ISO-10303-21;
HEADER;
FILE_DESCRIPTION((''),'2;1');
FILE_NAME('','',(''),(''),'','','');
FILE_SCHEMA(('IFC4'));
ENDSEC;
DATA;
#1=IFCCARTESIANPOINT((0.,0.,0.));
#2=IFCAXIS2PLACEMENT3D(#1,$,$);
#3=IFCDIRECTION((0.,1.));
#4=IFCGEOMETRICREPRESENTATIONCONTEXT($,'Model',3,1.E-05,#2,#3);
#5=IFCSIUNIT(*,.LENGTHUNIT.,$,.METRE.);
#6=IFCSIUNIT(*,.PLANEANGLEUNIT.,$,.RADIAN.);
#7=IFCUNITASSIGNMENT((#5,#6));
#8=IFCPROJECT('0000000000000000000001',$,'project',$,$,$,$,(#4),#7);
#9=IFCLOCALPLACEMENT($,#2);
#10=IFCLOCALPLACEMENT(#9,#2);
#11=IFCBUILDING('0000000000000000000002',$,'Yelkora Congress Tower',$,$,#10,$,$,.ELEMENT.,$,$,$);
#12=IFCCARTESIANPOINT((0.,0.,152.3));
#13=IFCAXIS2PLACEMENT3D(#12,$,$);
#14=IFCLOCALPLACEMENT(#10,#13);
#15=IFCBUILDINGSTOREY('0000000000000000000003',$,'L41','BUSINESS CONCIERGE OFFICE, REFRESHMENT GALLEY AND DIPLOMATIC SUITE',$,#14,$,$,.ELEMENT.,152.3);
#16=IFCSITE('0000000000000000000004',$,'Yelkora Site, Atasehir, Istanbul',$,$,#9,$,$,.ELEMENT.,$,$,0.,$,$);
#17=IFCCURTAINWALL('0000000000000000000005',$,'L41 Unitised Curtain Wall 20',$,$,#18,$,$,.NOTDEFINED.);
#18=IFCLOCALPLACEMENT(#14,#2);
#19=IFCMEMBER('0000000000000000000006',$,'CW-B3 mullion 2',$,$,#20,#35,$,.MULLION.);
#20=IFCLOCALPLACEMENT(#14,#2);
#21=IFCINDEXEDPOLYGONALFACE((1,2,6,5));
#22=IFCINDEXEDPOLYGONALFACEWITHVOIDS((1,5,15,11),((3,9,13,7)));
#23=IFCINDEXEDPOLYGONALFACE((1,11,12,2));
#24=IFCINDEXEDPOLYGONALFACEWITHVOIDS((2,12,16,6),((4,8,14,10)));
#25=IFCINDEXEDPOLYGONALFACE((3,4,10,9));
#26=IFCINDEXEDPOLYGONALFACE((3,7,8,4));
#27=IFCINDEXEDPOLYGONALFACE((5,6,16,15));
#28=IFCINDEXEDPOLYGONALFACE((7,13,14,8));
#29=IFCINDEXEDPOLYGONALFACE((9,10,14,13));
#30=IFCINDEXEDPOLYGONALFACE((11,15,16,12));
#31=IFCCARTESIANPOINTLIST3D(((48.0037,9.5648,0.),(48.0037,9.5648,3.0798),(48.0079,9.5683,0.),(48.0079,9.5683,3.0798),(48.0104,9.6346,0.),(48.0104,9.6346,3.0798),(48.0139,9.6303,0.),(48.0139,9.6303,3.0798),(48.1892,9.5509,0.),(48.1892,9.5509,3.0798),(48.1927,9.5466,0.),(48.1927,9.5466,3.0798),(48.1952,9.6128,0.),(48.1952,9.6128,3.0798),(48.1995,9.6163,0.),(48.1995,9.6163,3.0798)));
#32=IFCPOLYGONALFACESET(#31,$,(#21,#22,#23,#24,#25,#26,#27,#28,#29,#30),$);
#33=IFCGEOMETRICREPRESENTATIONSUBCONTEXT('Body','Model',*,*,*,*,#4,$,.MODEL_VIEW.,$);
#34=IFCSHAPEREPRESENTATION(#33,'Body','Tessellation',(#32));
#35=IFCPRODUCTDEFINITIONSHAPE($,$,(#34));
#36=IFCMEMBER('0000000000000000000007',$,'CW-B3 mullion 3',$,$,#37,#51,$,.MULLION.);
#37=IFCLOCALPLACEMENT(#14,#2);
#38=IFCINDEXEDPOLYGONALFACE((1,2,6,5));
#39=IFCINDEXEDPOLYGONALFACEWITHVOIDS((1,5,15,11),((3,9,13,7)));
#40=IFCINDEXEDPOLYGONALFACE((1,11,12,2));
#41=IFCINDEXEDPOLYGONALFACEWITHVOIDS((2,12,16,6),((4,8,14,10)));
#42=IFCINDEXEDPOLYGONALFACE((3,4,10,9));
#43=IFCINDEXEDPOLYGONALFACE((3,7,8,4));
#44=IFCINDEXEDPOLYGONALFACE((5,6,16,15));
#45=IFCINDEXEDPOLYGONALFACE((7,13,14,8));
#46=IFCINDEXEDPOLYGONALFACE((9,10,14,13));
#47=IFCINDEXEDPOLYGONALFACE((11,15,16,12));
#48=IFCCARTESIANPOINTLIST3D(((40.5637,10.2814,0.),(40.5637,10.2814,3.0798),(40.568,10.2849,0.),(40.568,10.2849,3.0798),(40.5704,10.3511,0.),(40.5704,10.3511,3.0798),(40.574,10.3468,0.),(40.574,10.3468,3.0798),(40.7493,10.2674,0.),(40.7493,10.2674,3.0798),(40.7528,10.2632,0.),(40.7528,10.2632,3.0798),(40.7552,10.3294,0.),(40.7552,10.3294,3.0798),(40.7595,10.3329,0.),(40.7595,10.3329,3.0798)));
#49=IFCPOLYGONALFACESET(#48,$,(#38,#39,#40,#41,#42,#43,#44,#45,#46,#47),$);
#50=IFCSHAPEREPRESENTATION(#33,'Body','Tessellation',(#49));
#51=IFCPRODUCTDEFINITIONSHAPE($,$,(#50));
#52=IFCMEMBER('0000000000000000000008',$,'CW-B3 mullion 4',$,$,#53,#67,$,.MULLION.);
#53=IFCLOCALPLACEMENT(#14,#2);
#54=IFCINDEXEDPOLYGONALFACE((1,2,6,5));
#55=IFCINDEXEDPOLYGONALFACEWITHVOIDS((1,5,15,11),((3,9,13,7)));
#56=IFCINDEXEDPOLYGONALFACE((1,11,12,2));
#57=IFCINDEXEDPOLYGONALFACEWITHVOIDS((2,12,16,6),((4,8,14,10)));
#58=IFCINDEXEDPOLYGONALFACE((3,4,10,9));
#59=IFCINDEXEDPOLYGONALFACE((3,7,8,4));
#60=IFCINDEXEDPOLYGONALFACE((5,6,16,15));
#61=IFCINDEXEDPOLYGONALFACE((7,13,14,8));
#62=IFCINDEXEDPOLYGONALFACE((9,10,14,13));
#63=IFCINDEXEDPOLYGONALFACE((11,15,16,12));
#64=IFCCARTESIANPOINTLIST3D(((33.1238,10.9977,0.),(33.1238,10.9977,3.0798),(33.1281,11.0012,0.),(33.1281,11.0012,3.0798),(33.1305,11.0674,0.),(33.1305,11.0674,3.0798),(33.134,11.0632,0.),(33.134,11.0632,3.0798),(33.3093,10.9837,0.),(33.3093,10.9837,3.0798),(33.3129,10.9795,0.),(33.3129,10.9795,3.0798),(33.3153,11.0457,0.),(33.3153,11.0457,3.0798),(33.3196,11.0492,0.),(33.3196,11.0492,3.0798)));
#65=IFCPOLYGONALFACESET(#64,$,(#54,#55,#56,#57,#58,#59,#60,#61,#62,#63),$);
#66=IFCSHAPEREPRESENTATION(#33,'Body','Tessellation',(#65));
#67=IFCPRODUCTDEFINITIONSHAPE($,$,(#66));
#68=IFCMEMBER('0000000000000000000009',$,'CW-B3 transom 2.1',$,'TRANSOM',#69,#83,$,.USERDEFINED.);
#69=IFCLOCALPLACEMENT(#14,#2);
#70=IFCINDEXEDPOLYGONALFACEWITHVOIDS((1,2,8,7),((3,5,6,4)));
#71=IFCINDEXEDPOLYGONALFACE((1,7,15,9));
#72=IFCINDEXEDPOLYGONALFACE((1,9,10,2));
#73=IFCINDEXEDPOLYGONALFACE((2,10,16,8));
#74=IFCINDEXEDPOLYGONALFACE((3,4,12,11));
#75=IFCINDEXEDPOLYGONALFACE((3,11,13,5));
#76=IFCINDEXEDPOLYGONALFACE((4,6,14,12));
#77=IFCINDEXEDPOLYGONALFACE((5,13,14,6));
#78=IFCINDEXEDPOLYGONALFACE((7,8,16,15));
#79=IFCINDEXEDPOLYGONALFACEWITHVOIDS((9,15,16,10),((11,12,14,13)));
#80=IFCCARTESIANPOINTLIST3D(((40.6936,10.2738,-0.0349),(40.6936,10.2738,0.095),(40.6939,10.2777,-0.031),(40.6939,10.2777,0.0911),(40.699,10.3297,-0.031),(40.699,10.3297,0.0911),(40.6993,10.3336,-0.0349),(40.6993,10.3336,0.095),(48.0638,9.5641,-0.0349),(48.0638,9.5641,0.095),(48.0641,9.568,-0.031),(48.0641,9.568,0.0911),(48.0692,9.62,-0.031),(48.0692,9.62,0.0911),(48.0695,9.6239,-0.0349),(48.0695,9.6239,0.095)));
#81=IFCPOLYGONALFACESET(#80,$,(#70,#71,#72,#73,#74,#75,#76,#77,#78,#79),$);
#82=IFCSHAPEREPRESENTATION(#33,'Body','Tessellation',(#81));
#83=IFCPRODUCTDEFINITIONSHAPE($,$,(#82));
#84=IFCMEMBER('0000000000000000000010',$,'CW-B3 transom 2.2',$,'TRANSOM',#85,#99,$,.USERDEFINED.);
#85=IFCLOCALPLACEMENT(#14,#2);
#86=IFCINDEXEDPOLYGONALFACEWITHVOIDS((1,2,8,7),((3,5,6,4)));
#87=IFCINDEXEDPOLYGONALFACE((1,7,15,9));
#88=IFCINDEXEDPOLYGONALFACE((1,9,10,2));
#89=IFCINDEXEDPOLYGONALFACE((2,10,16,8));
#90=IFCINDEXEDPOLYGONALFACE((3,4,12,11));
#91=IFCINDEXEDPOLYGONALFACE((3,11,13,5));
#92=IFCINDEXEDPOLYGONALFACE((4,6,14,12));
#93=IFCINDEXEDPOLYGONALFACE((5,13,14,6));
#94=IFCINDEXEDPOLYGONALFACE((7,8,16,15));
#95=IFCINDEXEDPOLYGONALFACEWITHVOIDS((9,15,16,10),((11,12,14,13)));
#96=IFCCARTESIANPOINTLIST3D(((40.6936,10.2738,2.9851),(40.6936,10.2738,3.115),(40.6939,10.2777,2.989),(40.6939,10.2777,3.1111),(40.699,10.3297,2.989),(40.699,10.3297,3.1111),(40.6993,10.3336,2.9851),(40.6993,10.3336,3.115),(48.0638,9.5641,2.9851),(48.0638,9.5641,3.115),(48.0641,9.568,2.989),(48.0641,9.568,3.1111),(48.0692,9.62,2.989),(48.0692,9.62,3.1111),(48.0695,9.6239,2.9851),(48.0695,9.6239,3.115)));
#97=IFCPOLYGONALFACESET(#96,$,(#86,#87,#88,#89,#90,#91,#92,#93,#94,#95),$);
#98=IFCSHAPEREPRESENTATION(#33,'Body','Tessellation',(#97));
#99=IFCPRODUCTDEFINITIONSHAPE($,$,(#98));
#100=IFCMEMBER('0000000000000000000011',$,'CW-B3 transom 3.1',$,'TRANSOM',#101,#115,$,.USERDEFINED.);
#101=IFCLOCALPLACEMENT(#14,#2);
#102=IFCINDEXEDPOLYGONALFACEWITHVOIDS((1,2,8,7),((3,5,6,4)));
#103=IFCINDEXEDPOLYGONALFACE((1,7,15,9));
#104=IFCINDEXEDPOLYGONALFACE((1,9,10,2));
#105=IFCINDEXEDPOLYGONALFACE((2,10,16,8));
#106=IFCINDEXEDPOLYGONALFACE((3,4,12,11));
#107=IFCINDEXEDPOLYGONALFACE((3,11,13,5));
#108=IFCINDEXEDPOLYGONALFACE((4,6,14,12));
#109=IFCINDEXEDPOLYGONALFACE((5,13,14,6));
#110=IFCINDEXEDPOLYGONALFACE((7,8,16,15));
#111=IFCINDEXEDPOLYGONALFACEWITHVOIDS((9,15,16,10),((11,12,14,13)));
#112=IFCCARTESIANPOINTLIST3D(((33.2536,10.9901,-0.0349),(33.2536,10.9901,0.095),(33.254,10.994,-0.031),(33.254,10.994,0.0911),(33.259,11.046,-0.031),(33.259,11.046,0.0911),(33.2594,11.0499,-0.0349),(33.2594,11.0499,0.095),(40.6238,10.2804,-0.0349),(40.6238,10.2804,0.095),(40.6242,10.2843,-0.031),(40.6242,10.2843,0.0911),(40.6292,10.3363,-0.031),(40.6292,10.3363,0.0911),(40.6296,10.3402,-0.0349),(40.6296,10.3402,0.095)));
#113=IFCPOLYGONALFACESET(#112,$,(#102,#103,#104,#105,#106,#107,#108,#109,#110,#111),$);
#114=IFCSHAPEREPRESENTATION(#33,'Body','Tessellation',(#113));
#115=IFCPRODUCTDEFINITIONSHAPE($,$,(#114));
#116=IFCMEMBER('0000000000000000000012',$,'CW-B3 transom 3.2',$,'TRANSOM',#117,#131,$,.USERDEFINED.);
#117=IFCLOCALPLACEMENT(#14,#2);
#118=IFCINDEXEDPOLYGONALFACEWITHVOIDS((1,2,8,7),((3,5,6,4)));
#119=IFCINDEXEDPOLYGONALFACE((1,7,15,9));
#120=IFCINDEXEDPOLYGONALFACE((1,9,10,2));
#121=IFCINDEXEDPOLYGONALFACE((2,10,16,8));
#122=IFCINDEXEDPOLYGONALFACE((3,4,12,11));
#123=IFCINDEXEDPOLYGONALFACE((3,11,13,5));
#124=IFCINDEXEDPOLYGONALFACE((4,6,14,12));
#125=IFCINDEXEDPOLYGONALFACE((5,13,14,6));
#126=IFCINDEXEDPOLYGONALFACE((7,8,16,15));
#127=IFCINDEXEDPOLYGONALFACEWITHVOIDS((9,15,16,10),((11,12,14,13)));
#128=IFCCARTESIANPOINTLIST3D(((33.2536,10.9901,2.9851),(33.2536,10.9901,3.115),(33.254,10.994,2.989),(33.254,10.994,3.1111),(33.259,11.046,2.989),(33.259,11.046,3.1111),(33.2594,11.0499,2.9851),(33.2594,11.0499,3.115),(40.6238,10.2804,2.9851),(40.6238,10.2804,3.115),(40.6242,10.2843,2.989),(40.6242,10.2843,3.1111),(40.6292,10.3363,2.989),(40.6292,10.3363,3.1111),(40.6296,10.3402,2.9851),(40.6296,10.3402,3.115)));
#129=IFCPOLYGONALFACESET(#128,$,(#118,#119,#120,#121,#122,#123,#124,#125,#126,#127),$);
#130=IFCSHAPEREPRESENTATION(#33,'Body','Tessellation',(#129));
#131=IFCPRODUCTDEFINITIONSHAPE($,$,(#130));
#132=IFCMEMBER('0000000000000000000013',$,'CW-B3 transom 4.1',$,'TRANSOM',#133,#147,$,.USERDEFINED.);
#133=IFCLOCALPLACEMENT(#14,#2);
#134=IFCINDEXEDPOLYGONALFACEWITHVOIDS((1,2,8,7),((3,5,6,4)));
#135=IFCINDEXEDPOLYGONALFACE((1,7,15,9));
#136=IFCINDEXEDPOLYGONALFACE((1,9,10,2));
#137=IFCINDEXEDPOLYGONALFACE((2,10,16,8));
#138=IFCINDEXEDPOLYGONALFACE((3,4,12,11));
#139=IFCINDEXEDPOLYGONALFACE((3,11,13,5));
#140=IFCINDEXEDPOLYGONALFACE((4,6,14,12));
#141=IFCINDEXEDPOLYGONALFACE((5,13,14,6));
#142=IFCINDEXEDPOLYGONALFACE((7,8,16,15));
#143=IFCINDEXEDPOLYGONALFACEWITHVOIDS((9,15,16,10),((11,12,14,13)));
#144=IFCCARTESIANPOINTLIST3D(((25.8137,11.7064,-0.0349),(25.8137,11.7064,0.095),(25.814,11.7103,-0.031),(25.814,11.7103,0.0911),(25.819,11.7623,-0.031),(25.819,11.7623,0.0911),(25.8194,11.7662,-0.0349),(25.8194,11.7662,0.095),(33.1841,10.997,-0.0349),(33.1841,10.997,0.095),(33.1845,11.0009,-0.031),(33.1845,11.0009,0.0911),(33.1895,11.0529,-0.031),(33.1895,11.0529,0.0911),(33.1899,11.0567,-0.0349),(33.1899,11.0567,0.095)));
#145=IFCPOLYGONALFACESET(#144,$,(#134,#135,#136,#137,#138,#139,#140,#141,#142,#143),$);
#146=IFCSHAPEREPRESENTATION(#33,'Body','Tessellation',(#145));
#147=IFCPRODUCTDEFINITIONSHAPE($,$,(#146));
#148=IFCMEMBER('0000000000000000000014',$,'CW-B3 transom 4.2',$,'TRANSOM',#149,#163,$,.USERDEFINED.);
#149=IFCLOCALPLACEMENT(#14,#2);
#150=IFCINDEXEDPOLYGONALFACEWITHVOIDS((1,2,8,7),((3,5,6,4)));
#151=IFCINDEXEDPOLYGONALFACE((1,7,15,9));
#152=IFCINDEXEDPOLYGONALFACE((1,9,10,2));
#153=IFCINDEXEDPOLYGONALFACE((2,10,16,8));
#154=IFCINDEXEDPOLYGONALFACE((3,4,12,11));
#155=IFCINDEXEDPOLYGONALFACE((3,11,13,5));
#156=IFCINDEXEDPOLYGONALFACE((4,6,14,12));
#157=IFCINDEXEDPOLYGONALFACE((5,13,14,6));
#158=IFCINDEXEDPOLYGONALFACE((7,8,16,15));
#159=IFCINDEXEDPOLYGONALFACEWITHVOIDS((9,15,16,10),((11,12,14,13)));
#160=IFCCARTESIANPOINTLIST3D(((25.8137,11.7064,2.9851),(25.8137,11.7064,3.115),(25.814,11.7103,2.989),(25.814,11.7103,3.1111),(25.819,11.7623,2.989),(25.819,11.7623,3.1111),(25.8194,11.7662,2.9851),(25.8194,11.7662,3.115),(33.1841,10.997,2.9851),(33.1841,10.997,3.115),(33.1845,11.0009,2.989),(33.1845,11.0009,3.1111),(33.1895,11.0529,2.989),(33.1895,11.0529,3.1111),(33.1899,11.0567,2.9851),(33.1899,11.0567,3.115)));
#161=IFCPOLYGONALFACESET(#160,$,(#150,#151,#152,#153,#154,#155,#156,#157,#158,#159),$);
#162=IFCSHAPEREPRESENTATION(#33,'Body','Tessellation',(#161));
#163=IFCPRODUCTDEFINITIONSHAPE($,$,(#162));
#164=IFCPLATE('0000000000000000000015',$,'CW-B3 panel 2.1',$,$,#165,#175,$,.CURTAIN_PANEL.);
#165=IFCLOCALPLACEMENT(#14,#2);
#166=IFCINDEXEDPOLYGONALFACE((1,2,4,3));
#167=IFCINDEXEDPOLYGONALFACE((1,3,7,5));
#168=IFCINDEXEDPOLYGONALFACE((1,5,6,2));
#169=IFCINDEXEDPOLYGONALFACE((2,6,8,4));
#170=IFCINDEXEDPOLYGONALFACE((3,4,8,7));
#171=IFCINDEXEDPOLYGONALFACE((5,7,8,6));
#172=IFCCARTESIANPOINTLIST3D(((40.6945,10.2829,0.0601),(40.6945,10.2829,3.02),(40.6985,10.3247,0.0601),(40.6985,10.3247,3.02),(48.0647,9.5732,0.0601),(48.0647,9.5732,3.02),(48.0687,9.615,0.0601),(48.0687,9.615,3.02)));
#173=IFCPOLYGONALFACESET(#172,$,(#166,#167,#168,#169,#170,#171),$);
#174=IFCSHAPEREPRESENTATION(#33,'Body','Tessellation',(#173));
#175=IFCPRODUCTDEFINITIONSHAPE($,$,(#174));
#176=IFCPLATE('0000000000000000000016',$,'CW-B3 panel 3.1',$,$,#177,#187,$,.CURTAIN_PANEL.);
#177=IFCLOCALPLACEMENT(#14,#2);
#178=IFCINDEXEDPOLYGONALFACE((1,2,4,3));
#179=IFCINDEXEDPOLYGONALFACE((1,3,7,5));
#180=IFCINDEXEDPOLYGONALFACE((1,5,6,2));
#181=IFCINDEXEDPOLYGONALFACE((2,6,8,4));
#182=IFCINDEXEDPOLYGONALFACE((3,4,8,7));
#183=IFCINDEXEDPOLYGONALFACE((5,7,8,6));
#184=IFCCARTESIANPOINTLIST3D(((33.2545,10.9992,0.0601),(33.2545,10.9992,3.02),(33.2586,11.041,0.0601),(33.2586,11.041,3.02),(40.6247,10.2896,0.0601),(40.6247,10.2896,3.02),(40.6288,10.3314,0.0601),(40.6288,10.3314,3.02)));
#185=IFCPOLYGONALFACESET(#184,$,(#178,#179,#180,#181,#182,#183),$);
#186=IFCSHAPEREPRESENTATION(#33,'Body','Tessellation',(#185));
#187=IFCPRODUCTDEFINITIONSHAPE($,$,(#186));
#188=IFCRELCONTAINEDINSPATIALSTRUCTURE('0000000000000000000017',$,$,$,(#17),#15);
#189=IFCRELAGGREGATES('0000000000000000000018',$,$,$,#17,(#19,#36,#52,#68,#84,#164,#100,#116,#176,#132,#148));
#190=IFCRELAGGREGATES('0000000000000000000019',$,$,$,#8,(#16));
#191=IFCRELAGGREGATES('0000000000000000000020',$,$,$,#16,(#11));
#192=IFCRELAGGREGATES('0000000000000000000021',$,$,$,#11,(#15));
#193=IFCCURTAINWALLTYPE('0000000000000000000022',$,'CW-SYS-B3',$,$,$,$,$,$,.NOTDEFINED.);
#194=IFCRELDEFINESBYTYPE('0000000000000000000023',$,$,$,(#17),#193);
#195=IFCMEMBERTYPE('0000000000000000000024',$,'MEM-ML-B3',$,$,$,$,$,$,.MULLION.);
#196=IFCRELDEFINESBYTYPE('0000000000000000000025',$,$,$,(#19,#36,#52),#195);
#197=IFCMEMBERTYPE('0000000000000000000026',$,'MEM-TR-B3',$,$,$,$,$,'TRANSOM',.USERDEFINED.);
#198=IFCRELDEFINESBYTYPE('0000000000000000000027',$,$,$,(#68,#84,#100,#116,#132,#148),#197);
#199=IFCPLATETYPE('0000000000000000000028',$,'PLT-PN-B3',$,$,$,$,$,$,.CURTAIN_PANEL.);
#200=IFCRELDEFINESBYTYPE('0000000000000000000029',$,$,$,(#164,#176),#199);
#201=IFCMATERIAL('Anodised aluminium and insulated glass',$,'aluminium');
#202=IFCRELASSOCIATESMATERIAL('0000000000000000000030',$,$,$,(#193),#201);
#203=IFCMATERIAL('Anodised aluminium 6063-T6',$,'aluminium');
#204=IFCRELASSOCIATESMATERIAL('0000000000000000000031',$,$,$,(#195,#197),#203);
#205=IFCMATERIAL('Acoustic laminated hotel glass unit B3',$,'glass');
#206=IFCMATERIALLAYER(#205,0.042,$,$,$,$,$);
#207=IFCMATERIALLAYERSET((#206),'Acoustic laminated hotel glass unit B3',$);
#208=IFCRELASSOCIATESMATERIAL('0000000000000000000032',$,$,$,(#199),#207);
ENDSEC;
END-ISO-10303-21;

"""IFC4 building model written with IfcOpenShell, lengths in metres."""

from ifc_helpers import new_model, si_unit, direction, frame, origin, origin_2d, place, context, subcontext, project, spatial, rectangle, hollow_rectangle, extrude, material, layer, layer_set, material_profile, profile_set, type_object, element, aggregate, save


model = new_model("IFC4")

# Units and contexts
model_context = context("Model", 3, precision=1e-05, world=origin(), true_north=direction((0.0, 1.0)))
body_context = subcontext(model_context, "Body", "Model", "MODEL_VIEW")
ifc_project = project(units=[si_unit("LENGTHUNIT", "METRE"), si_unit("PLANEANGLEUNIT", "RADIAN")], contexts=[model_context])

# Site, building, storey
site_placement = place(None, origin())
site = spatial("IfcSite", under=ifc_project, at=site_placement, Name="Yelkora Site, Atasehir, Istanbul", CompositionType="ELEMENT", RefElevation=0.0)
building_placement = place(site_placement, origin())
building = spatial("IfcBuilding", under=site, at=building_placement, Name="Yelkora Congress Tower", CompositionType="ELEMENT")
storey_placement = place(building_placement, frame((0.0, 0.0, 152.3)))
storey = spatial("IfcBuildingStorey", under=building, at=storey_placement, Name="L41", Description="BUSINESS CONCIERGE OFFICE, REFRESHMENT GALLEY AND DIPLOMATIC SUITE", CompositionType="ELEMENT", Elevation=152.3)

# Curtain wall, members, plates
ifc_material_1 = material(Name="Anodised aluminium and insulated glass", Category="aluminium")
curtain_wall_type = type_object("IfcCurtainWallType", Name="CW-SYS-B3", PredefinedType="NOTDEFINED", material=ifc_material_1)
curtain_wall_placement = place(storey_placement, origin())
curtain_wall = element("IfcCurtainWall", 1, at=curtain_wall_placement, inside=storey, type_object=curtain_wall_type, Name="L41 Unitised Curtain Wall 20", PredefinedType="NOTDEFINED")
ifc_material_2 = material(Name="Anodised aluminium 6063-T6", Category="aluminium")
ifc_material_profile_1 = material_profile(ifc_material_2, hollow_rectangle(XDim=0.0701, YDim=0.1899, WallThickness=0.0039, at=origin_2d()), Name="ALU 70x190x4")
ifc_profile_set_1 = profile_set([ifc_material_profile_1], Name="Anodised aluminium 6063-T6")
member_type_1 = type_object("IfcMemberType", Name="MEM-ML-B3", PredefinedType="MULLION", material=ifc_profile_set_1)
member_1_placement = place(storey_placement, frame((48.1016, 9.5906, 0.0), z_axis=(0.0, 0.0, 1.0), x_axis=(-0.095845, -0.995396, 0.0)))
member_1 = element("IfcMember", 2, at=member_1_placement, type_object=member_type_1, Name="CW-B3 mullion 2", PredefinedType="MULLION", context=body_context, shape_type="SweptSolid", body=[
    extrude(hollow_rectangle(XDim=0.0701, YDim=0.1899, WallThickness=0.0039, at=origin_2d()), origin(), (0.0, 0.0, 1.0), 3.0798),
])
member_2_placement = place(storey_placement, frame((40.6616, 10.3071, 0.0), z_axis=(0.0, 0.0, 1.0), x_axis=(-0.095845, -0.995396, 0.0)))
member_2 = element("IfcMember", 3, at=member_2_placement, type_object=member_type_1, Name="CW-B3 mullion 3", PredefinedType="MULLION", context=body_context, shape_type="SweptSolid", body=[
    extrude(hollow_rectangle(XDim=0.0701, YDim=0.1899, WallThickness=0.0039, at=origin_2d()), origin(), (0.0, 0.0, 1.0), 3.0798),
])
member_3_placement = place(storey_placement, frame((33.2217, 11.0234, 0.0), z_axis=(0.0, 0.0, 1.0), x_axis=(-0.095845, -0.995396, 0.0)))
member_3 = element("IfcMember", 4, at=member_3_placement, type_object=member_type_1, Name="CW-B3 mullion 4", PredefinedType="MULLION", context=body_context, shape_type="SweptSolid", body=[
    extrude(hollow_rectangle(XDim=0.0701, YDim=0.1899, WallThickness=0.0039, at=origin_2d()), origin(), (0.0, 0.0, 1.0), 3.0798),
])
ifc_material_profile_2 = material_profile(ifc_material_2, hollow_rectangle(XDim=0.0601, YDim=0.1299, WallThickness=0.0039, at=origin_2d()), Name="ALU 60x130x4")
ifc_profile_set_2 = profile_set([ifc_material_profile_2], Name="Anodised aluminium 6063-T6")
member_type_2 = type_object("IfcMemberType", Name="MEM-TR-B3", ElementType="TRANSOM", PredefinedType="USERDEFINED", material=ifc_profile_set_2)
member_4_placement = place(storey_placement, frame((48.0667, 9.594, 0.03), z_axis=(-0.995395, 0.095853, 0.0), x_axis=(-0.095853, -0.995395, 0.0)))
member_4 = element("IfcMember", 5, at=member_4_placement, type_object=member_type_2, Name="CW-B3 transom 2.1", ObjectType="TRANSOM", PredefinedType="USERDEFINED", context=body_context, shape_type="SweptSolid", body=[
    extrude(hollow_rectangle(XDim=0.0601, YDim=0.1299, WallThickness=0.0039, at=origin_2d()), origin(), (0.0, 0.0, 1.0), 7.4043),
])
member_5_placement = place(storey_placement, frame((48.0667, 9.594, 3.05), z_axis=(-0.995395, 0.095853, 0.0), x_axis=(-0.095853, -0.995395, 0.0)))
member_5 = element("IfcMember", 6, at=member_5_placement, type_object=member_type_2, Name="CW-B3 transom 2.2", ObjectType="TRANSOM", PredefinedType="USERDEFINED", context=body_context, shape_type="SweptSolid", body=[
    extrude(hollow_rectangle(XDim=0.0601, YDim=0.1299, WallThickness=0.0039, at=origin_2d()), origin(), (0.0, 0.0, 1.0), 7.4043),
])
member_6_placement = place(storey_placement, frame((40.6267, 10.3103, 0.03), z_axis=(-0.995395, 0.095853, 0.0), x_axis=(-0.095853, -0.995395, 0.0)))
member_6 = element("IfcMember", 7, at=member_6_placement, type_object=member_type_2, Name="CW-B3 transom 3.1", ObjectType="TRANSOM", PredefinedType="USERDEFINED", context=body_context, shape_type="SweptSolid", body=[
    extrude(hollow_rectangle(XDim=0.0601, YDim=0.1299, WallThickness=0.0039, at=origin_2d()), origin(), (0.0, 0.0, 1.0), 7.4043),
])
member_7_placement = place(storey_placement, frame((40.6267, 10.3103, 3.05), z_axis=(-0.995395, 0.095853, 0.0), x_axis=(-0.095853, -0.995395, 0.0)))
member_7 = element("IfcMember", 8, at=member_7_placement, type_object=member_type_2, Name="CW-B3 transom 3.2", ObjectType="TRANSOM", PredefinedType="USERDEFINED", context=body_context, shape_type="SweptSolid", body=[
    extrude(hollow_rectangle(XDim=0.0601, YDim=0.1299, WallThickness=0.0039, at=origin_2d()), origin(), (0.0, 0.0, 1.0), 7.4043),
])
member_8_placement = place(storey_placement, frame((33.187, 11.0269, 0.03), z_axis=(-0.995399, 0.095817, 0.0), x_axis=(-0.095817, -0.995399, 0.0)))
member_8 = element("IfcMember", 9, at=member_8_placement, type_object=member_type_2, Name="CW-B3 transom 4.1", ObjectType="TRANSOM", PredefinedType="USERDEFINED", context=body_context, shape_type="SweptSolid", body=[
    extrude(hollow_rectangle(XDim=0.0601, YDim=0.1299, WallThickness=0.0039, at=origin_2d()), origin(), (0.0, 0.0, 1.0), 7.4045),
])
member_9_placement = place(storey_placement, frame((33.187, 11.0269, 3.05), z_axis=(-0.995399, 0.095817, 0.0), x_axis=(-0.095817, -0.995399, 0.0)))
member_9 = element("IfcMember", 10, at=member_9_placement, type_object=member_type_2, Name="CW-B3 transom 4.2", ObjectType="TRANSOM", PredefinedType="USERDEFINED", context=body_context, shape_type="SweptSolid", body=[
    extrude(hollow_rectangle(XDim=0.0601, YDim=0.1299, WallThickness=0.0039, at=origin_2d()), origin(), (0.0, 0.0, 1.0), 7.4045),
])
ifc_material_3 = material(Name="Acoustic laminated hotel glass unit B3", Category="glass")
ifc_layer_1 = layer(ifc_material_3, 0.042)
ifc_layer_set_1 = layer_set([ifc_layer_1], Name="Acoustic laminated hotel glass unit B3")
plate_type = type_object("IfcPlateType", Name="PLT-PN-B3", PredefinedType="CURTAIN_PANEL", material=ifc_layer_set_1)
plate_1_placement = place(storey_placement, frame((44.3816, 9.949, 0.0601), z_axis=(0.0, 0.0, 1.0), x_axis=(-0.995396, 0.095845, 0.0)))
plate_1 = element("IfcPlate", 11, at=plate_1_placement, type_object=plate_type, Name="CW-B3 panel 2.1", PredefinedType="CURTAIN_PANEL", context=body_context, shape_type="SweptSolid", body=[
    extrude(rectangle(XDim=7.4043, YDim=0.042, at=origin_2d()), origin(), (0.0, 0.0, 1.0), 2.96),
])
plate_2_placement = place(storey_placement, frame((36.9417, 10.6653, 0.0601), z_axis=(0.0, 0.0, 1.0), x_axis=(-0.995396, 0.095845, 0.0)))
plate_2 = element("IfcPlate", 12, at=plate_2_placement, type_object=plate_type, Name="CW-B3 panel 3.1", PredefinedType="CURTAIN_PANEL", context=body_context, shape_type="SweptSolid", body=[
    extrude(rectangle(XDim=7.4043, YDim=0.042, at=origin_2d()), origin(), (0.0, 0.0, 1.0), 2.96),
])
aggregate(curtain_wall, [member_1, member_2, member_3, member_4, member_5, plate_1, member_6, member_7, plate_2, member_8, member_9])

save(model, "model.ifc")
